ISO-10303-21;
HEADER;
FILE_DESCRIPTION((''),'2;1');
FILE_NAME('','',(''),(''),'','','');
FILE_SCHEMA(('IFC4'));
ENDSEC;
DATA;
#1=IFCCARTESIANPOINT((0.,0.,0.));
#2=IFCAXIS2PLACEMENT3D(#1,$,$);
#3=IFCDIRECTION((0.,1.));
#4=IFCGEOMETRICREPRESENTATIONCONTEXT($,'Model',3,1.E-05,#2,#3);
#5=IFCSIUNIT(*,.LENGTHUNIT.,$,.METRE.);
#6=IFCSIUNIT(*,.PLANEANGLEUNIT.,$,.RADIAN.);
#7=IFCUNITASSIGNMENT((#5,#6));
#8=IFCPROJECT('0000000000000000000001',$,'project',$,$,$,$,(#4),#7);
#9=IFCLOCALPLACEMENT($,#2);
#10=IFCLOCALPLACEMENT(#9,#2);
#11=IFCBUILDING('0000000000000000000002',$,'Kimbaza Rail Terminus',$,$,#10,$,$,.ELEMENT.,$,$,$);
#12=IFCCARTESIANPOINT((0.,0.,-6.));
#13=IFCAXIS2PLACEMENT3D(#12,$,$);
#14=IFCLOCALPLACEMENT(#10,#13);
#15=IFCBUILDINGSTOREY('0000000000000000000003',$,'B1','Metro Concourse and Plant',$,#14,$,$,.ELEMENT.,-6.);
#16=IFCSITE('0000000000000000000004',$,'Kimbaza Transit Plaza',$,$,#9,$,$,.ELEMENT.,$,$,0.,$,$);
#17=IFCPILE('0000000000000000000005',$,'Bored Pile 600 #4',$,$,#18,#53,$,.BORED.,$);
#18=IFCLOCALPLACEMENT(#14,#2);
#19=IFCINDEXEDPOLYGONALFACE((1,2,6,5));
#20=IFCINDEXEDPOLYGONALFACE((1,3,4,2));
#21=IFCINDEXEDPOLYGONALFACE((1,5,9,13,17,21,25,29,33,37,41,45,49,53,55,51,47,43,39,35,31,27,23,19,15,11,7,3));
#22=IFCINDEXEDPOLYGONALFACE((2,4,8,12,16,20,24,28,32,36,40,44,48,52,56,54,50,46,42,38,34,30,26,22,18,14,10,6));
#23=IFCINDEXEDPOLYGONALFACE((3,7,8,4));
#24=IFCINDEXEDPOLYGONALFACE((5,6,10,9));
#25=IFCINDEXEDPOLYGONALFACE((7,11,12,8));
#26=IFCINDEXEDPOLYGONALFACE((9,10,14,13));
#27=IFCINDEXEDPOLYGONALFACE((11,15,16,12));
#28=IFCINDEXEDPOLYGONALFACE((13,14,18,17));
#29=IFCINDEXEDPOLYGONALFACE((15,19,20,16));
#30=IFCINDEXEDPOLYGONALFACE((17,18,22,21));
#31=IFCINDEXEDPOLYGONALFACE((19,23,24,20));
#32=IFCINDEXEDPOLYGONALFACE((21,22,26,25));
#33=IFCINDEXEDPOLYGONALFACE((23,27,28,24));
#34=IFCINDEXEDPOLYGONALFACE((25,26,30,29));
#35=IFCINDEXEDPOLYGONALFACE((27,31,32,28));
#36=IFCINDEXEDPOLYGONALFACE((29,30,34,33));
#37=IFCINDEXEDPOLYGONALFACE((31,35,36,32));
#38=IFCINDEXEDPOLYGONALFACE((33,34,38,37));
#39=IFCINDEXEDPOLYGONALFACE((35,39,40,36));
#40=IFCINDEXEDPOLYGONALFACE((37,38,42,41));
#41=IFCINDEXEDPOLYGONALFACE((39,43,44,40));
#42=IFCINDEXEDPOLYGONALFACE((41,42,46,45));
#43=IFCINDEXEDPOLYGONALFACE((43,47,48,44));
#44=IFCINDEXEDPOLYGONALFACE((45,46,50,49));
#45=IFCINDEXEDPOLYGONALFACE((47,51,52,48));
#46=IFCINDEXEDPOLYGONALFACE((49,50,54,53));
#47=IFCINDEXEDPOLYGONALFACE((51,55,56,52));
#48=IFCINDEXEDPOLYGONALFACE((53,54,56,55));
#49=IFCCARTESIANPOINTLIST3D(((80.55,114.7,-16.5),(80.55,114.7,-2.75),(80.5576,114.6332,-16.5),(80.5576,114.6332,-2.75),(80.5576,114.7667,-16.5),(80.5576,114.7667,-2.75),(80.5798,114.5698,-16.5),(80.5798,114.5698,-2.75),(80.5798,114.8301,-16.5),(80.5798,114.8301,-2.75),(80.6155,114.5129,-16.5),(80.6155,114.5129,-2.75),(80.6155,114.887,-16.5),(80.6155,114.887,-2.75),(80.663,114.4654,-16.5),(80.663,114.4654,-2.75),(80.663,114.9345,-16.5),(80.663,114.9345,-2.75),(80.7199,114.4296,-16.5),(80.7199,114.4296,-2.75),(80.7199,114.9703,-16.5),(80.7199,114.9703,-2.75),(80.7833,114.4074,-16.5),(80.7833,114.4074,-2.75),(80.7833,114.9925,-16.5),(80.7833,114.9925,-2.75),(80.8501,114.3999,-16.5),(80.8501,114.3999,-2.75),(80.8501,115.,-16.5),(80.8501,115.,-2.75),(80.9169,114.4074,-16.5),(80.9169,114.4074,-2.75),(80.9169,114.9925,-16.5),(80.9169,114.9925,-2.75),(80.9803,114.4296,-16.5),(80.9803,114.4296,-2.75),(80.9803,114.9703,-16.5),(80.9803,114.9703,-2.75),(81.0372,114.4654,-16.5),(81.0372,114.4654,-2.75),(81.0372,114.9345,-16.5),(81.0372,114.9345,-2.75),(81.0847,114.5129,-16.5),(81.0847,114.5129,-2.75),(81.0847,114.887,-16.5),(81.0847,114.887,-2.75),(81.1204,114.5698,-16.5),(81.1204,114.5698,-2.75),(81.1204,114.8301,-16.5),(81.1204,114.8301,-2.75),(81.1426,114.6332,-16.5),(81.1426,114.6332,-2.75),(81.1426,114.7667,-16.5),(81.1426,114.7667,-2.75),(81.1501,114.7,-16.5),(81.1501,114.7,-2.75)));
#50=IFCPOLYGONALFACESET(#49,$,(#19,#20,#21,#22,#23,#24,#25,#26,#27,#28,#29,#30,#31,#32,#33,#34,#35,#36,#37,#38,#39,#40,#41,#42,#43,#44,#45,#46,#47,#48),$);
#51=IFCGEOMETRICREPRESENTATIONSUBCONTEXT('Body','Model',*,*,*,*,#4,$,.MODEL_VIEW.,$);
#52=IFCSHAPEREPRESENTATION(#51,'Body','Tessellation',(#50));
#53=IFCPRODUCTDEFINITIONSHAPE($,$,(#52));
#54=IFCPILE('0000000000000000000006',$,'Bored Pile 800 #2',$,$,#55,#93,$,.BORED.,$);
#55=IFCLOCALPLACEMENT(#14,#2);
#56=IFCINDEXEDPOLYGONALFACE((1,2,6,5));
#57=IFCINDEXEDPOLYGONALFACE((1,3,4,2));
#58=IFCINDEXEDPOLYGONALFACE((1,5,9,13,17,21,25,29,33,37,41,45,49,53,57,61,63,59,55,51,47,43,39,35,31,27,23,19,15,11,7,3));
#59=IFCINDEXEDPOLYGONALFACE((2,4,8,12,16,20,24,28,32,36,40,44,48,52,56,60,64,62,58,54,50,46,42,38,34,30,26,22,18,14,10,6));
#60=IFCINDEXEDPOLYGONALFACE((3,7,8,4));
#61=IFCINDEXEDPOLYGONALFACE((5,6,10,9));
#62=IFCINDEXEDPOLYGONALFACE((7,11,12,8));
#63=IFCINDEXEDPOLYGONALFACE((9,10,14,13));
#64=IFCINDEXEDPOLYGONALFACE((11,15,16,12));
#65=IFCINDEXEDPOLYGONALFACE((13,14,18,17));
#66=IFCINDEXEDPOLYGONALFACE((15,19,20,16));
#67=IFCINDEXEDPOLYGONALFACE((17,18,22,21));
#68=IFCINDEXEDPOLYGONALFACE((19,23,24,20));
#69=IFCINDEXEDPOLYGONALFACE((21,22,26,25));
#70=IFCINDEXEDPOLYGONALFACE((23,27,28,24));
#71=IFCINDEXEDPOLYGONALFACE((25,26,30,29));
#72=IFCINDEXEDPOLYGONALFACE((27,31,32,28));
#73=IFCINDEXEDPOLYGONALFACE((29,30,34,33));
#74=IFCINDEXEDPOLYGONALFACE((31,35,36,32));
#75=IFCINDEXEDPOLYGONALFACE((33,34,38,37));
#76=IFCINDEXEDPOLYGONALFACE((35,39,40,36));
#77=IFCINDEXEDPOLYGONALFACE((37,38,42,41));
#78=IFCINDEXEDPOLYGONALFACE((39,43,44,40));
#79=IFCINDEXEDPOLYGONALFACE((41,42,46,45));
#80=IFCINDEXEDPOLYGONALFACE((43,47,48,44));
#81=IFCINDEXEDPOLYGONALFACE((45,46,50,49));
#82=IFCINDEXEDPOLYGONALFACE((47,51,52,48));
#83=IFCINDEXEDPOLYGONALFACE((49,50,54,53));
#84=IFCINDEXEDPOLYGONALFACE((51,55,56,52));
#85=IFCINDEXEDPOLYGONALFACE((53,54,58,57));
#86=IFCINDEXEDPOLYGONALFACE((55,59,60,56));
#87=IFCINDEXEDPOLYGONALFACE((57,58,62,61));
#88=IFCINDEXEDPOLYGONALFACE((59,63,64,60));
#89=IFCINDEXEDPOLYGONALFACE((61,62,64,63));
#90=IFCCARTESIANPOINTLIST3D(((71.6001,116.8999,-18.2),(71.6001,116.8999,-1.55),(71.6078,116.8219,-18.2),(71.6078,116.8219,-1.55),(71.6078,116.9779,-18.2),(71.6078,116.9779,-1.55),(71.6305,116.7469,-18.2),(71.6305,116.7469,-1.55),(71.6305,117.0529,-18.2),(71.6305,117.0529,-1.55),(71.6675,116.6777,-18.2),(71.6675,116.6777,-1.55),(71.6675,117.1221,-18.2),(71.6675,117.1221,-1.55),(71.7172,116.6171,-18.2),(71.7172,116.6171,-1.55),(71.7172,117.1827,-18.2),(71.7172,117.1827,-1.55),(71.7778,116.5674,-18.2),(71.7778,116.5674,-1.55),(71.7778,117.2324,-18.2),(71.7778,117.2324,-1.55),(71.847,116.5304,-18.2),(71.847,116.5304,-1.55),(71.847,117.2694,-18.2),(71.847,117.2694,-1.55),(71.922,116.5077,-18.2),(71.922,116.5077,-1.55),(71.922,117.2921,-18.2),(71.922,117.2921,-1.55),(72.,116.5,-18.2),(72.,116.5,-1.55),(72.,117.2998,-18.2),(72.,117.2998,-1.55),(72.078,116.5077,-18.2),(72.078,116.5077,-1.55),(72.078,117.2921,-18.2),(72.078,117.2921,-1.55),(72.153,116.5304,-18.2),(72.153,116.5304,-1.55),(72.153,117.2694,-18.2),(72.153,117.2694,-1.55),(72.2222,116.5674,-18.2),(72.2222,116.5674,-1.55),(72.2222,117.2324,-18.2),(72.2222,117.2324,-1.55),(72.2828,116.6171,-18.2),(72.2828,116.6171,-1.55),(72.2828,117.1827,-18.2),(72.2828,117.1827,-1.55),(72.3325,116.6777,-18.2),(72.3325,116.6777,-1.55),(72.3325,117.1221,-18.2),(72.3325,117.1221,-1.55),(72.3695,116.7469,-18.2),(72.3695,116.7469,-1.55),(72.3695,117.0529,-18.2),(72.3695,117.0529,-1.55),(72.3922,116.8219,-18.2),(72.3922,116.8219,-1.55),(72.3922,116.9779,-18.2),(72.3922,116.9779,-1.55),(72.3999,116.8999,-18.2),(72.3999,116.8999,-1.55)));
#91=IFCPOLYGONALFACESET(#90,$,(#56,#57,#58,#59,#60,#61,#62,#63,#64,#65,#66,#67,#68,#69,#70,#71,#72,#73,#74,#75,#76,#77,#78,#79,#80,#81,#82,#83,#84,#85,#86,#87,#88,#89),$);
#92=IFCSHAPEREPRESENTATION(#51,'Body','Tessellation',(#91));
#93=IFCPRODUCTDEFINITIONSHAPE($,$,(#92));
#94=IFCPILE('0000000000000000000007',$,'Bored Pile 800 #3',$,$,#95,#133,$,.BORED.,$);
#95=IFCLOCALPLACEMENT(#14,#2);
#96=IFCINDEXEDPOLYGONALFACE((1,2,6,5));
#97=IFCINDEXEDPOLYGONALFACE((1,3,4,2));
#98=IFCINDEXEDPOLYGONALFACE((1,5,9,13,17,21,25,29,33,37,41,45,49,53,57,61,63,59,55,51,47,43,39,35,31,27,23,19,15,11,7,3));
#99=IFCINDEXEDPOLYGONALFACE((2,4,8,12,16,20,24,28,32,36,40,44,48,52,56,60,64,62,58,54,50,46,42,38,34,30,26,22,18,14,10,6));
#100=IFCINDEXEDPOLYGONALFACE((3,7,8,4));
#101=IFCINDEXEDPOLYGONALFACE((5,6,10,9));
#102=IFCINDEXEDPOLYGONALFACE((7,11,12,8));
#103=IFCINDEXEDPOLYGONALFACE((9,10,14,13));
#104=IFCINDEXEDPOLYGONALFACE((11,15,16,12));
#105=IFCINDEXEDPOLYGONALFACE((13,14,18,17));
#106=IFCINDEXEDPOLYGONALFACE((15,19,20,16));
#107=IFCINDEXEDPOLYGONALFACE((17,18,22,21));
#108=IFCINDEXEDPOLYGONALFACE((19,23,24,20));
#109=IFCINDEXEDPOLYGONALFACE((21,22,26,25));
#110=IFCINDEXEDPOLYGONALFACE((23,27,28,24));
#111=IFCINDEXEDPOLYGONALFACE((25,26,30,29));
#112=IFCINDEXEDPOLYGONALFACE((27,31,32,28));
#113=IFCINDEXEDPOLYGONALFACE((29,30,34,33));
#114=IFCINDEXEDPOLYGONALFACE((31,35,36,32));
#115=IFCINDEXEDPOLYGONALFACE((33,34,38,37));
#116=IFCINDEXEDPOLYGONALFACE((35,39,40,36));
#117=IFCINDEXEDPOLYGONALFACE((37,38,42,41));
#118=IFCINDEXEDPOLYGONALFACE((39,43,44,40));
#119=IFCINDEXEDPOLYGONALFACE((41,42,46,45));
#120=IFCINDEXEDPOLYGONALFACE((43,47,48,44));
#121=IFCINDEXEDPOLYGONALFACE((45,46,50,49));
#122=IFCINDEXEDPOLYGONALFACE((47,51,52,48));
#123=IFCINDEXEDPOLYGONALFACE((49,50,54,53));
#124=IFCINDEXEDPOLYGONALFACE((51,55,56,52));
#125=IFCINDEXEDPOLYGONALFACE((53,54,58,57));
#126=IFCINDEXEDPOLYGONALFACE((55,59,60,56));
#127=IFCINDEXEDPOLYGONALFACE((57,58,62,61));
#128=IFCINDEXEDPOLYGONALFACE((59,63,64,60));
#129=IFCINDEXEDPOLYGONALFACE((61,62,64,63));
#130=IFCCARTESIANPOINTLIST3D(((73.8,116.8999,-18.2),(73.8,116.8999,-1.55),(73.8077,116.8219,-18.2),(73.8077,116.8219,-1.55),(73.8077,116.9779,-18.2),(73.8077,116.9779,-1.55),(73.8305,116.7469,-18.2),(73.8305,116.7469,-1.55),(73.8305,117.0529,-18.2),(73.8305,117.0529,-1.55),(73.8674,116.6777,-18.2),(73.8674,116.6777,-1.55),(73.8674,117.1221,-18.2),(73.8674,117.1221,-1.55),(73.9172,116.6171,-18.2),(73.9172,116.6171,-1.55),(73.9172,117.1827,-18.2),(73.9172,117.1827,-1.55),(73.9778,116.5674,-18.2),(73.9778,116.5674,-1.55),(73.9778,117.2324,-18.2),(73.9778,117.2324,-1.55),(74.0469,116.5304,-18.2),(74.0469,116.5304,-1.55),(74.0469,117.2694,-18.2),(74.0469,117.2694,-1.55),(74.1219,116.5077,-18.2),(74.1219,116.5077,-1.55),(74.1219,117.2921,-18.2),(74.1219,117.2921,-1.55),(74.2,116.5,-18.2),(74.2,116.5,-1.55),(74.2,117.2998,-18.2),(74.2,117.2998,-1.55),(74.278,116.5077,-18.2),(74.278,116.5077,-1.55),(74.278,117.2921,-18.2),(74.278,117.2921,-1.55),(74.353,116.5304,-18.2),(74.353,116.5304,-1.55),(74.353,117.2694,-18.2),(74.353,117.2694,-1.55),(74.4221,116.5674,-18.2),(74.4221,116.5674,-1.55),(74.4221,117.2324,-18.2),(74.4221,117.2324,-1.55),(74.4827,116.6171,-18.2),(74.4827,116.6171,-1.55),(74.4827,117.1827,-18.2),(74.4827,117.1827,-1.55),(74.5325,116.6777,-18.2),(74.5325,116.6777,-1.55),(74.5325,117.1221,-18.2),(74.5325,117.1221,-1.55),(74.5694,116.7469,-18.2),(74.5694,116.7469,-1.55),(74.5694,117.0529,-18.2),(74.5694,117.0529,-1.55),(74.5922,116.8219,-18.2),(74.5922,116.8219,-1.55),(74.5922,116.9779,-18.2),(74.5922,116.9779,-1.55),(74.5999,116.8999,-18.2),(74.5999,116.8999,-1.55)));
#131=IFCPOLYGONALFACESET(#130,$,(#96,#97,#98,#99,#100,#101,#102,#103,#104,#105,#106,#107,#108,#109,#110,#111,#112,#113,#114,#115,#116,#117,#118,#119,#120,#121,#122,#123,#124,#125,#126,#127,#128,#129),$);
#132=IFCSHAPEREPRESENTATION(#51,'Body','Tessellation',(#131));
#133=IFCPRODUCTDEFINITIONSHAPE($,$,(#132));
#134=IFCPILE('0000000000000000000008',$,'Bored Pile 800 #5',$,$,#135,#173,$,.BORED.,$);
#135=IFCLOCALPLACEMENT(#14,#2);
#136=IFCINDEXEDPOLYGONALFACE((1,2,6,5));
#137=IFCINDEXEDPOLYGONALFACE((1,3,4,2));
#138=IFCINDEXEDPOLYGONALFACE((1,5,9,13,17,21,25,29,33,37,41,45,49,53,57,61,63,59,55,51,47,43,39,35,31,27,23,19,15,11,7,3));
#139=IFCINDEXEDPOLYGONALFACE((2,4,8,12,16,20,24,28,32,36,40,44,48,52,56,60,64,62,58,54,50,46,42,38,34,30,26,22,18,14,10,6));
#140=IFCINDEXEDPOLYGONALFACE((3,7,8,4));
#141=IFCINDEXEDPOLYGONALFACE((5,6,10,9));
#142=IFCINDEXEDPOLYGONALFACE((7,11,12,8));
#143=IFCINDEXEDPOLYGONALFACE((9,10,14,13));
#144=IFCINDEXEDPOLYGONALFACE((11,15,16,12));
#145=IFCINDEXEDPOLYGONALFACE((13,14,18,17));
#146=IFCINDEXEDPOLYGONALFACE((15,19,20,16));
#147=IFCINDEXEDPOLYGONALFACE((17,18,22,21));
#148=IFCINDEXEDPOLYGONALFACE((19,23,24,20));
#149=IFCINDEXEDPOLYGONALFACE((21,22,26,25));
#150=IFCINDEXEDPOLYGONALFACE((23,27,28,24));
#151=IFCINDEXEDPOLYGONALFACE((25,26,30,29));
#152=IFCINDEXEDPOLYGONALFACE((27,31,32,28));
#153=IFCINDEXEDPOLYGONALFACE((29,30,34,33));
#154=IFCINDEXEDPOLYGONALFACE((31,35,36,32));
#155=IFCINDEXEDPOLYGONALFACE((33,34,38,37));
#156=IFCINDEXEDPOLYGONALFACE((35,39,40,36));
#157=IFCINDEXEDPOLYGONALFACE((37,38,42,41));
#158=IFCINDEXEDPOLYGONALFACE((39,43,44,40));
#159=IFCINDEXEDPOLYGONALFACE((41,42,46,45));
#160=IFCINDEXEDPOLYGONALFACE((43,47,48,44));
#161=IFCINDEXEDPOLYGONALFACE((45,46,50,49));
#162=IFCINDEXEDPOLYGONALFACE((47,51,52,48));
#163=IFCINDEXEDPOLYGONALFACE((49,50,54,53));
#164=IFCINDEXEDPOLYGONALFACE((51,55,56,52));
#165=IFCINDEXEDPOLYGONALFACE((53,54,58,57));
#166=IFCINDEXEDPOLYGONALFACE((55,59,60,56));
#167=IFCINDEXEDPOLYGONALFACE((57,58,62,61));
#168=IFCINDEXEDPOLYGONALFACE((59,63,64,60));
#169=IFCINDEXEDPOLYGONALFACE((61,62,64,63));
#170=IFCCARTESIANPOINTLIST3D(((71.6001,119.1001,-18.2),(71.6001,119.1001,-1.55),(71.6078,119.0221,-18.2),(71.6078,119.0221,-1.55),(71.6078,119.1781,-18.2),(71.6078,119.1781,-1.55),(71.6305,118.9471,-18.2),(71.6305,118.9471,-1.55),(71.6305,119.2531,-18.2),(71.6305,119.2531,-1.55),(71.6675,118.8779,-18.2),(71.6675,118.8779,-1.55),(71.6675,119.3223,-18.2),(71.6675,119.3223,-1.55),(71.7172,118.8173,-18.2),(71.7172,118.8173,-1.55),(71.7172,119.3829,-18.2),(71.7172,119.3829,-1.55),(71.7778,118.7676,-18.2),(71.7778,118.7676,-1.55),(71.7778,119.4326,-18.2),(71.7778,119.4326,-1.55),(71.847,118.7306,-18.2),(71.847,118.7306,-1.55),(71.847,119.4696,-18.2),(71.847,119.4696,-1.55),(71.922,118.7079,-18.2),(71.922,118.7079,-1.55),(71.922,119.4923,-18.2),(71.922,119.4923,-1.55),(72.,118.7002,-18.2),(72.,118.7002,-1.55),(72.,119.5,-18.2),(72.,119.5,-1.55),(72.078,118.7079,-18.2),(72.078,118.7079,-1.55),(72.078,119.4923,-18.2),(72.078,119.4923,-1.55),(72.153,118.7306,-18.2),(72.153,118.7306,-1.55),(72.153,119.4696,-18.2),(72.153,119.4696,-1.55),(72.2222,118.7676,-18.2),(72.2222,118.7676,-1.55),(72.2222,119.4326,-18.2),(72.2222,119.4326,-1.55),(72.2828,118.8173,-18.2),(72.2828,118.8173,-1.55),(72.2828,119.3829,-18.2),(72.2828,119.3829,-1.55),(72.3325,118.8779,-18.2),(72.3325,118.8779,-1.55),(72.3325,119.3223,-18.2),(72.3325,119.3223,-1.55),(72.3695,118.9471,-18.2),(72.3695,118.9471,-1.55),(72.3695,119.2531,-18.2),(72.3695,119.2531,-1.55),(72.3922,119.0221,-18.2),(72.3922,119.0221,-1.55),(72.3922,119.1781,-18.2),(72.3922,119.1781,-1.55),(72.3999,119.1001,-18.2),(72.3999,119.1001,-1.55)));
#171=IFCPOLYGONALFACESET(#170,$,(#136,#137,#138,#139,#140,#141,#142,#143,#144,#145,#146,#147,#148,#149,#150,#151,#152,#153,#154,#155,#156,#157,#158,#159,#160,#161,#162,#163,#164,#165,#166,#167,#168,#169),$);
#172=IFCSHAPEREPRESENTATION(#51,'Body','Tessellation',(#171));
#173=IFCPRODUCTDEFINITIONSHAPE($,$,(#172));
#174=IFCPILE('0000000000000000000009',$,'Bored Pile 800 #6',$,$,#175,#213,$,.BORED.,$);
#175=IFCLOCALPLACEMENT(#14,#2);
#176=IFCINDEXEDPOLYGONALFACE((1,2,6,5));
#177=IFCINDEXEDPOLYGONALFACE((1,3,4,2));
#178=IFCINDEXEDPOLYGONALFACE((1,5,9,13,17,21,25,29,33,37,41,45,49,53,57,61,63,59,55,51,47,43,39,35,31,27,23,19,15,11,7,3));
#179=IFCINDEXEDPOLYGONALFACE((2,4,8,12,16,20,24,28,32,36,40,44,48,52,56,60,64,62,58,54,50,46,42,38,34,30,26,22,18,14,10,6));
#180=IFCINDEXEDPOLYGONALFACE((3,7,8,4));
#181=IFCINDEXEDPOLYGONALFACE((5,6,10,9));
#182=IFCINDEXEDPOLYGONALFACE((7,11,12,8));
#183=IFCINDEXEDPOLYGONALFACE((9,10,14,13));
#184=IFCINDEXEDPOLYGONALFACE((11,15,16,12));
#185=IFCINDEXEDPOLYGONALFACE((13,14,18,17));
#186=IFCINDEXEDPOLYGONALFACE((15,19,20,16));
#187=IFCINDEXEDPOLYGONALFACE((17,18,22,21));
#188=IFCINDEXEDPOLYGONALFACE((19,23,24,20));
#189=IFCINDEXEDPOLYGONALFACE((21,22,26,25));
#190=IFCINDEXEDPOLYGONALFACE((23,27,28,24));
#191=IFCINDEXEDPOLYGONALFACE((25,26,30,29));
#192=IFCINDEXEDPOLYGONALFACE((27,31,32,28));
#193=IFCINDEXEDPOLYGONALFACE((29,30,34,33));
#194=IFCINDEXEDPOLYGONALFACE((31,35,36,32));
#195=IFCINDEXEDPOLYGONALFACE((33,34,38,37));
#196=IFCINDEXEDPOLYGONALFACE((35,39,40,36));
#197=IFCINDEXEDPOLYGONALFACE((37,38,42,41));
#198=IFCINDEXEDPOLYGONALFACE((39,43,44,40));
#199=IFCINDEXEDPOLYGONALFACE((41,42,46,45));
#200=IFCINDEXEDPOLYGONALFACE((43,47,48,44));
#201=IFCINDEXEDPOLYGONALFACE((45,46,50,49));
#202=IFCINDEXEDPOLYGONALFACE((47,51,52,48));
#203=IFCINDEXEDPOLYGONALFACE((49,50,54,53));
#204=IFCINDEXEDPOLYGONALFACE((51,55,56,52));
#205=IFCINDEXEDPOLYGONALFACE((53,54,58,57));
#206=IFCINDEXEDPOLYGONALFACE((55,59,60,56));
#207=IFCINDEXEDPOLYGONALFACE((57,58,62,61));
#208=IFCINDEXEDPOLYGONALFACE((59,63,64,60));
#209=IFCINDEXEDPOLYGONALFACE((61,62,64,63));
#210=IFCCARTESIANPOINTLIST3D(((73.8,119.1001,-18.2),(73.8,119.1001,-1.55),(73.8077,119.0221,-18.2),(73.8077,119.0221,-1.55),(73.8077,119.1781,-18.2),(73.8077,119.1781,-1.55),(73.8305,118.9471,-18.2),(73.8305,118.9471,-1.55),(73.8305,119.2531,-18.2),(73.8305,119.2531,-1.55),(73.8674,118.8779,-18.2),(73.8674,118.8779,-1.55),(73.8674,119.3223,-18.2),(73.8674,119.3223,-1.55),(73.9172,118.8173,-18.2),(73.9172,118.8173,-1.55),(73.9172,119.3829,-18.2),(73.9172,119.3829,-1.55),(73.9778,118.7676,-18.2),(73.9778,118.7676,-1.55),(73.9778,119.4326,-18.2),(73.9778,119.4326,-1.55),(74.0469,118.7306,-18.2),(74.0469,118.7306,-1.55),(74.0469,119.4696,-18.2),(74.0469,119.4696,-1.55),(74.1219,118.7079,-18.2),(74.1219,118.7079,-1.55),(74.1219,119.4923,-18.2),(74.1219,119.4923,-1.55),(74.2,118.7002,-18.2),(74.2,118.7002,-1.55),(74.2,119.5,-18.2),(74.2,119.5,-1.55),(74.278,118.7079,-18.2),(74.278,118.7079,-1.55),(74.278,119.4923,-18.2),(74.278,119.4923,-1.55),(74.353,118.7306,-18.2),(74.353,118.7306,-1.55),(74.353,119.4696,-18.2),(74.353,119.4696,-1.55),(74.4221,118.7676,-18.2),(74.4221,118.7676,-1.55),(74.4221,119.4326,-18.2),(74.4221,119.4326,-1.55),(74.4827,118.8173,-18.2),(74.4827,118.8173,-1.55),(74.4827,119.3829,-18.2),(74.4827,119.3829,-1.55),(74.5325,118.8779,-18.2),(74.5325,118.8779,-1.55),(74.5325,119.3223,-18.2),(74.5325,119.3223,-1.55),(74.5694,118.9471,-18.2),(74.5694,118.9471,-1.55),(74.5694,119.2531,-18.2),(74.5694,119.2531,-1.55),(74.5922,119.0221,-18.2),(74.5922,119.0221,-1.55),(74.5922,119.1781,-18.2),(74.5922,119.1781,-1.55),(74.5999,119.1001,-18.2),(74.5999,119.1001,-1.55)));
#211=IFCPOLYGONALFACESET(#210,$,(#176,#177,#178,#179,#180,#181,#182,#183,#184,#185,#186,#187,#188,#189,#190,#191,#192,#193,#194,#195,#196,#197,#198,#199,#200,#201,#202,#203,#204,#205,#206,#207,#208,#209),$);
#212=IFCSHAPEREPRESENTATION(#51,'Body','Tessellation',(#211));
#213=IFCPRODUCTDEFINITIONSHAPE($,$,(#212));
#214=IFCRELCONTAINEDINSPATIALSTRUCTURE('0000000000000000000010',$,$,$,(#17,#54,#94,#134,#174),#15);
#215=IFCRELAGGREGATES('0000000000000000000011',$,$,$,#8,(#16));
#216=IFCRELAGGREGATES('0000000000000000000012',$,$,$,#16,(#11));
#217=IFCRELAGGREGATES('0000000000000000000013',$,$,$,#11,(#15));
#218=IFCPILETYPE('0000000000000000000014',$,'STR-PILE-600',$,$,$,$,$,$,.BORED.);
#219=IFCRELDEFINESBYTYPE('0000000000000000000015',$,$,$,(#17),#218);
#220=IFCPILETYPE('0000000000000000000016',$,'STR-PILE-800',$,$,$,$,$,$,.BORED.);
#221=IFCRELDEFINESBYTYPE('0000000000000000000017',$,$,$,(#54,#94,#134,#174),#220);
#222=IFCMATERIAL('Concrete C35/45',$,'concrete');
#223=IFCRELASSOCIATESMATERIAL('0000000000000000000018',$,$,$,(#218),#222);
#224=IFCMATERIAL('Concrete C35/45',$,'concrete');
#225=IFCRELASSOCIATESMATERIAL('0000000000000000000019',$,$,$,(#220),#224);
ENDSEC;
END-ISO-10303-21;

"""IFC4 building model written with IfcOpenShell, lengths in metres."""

from ifc_helpers import new_model, si_unit, direction, frame, origin, origin_2d, place, context, subcontext, project, spatial, circle, extrude, material, material_profile, profile_set, type_object, element, save


model = new_model("IFC4")

# Units and contexts
model_context = context("Model", 3, precision=1e-05, world=origin(), true_north=direction((0.0, 1.0)))
body_context = subcontext(model_context, "Body", "Model", "MODEL_VIEW")
ifc_project = project(units=[si_unit("LENGTHUNIT", "METRE"), si_unit("PLANEANGLEUNIT", "RADIAN")], contexts=[model_context])

# Site, building, storey
site_placement = place(None, origin())
site = spatial("IfcSite", under=ifc_project, at=site_placement, Name="Kimbaza Transit Plaza", CompositionType="ELEMENT", RefElevation=0.0)
building_placement = place(site_placement, origin())
building = spatial("IfcBuilding", under=site, at=building_placement, Name="Kimbaza Rail Terminus", CompositionType="ELEMENT")
storey_placement = place(building_placement, frame((0.0, 0.0, -6.0)))
storey = spatial("IfcBuildingStorey", under=building, at=storey_placement, Name="B1", Description="Metro Concourse and Plant", CompositionType="ELEMENT", Elevation=-6.0)

# Piles
ifc_material_1 = material(Name="Concrete C35/45", Category="concrete")
ifc_material_profile_1 = material_profile(ifc_material_1, circle(Radius=0.3, at=origin_2d()), Name="BORED PILE 600")
ifc_profile_set_1 = profile_set([ifc_material_profile_1], Name="Concrete C35/45")
pile_type_1 = type_object("IfcPileType", Name="STR-PILE-600", PredefinedType="BORED", material=ifc_profile_set_1)
for number, where, z_axis, x_axis, name in (
    (1, (80.8501, 114.7, -2.75), (0.0, 0.0, -1.0), (1.0, 0.0, 0.0), "Bored Pile 600 #4"),
):
    element("IfcPile", number, at=place(storey_placement, frame(where, z_axis=z_axis, x_axis=x_axis)), inside=storey, type_object=pile_type_1, Name=name, PredefinedType="BORED", context=body_context, shape_type="SweptSolid", body=[
        extrude(circle(Radius=0.3, at=origin_2d()), origin(), (0.0, 0.0, 1.0), 13.75),
    ])
ifc_material_2 = material(Name="Concrete C35/45", Category="concrete")
ifc_material_profile_2 = material_profile(ifc_material_2, circle(Radius=0.3999, at=origin_2d()), Name="BORED PILE 800")
ifc_profile_set_2 = profile_set([ifc_material_profile_2], Name="Concrete C35/45")
pile_type_2 = type_object("IfcPileType", Name="STR-PILE-800", PredefinedType="BORED", material=ifc_profile_set_2)
for number, where, z_axis, x_axis, name in (
    (2, (72.0, 116.8999, -1.55), (0.0, 0.0, -1.0), (1.0, 0.0, 0.0), "Bored Pile 800 #2"),
    (3, (74.2, 116.8999, -1.55), (0.0, 0.0, -1.0), (1.0, 0.0, 0.0), "Bored Pile 800 #3"),
    (4, (72.0, 119.1001, -1.55), (0.0, 0.0, -1.0), (1.0, 0.0, 0.0), "Bored Pile 800 #5"),
    (5, (74.2, 119.1001, -1.55), (0.0, 0.0, -1.0), (1.0, 0.0, 0.0), "Bored Pile 800 #6"),
):
    element("IfcPile", number, at=place(storey_placement, frame(where, z_axis=z_axis, x_axis=x_axis)), inside=storey, type_object=pile_type_2, Name=name, PredefinedType="BORED", context=body_context, shape_type="SweptSolid", body=[
        extrude(circle(Radius=0.3999, at=origin_2d()), origin(), (0.0, 0.0, 1.0), 16.6499),
    ])

save(model, "model.ifc")
